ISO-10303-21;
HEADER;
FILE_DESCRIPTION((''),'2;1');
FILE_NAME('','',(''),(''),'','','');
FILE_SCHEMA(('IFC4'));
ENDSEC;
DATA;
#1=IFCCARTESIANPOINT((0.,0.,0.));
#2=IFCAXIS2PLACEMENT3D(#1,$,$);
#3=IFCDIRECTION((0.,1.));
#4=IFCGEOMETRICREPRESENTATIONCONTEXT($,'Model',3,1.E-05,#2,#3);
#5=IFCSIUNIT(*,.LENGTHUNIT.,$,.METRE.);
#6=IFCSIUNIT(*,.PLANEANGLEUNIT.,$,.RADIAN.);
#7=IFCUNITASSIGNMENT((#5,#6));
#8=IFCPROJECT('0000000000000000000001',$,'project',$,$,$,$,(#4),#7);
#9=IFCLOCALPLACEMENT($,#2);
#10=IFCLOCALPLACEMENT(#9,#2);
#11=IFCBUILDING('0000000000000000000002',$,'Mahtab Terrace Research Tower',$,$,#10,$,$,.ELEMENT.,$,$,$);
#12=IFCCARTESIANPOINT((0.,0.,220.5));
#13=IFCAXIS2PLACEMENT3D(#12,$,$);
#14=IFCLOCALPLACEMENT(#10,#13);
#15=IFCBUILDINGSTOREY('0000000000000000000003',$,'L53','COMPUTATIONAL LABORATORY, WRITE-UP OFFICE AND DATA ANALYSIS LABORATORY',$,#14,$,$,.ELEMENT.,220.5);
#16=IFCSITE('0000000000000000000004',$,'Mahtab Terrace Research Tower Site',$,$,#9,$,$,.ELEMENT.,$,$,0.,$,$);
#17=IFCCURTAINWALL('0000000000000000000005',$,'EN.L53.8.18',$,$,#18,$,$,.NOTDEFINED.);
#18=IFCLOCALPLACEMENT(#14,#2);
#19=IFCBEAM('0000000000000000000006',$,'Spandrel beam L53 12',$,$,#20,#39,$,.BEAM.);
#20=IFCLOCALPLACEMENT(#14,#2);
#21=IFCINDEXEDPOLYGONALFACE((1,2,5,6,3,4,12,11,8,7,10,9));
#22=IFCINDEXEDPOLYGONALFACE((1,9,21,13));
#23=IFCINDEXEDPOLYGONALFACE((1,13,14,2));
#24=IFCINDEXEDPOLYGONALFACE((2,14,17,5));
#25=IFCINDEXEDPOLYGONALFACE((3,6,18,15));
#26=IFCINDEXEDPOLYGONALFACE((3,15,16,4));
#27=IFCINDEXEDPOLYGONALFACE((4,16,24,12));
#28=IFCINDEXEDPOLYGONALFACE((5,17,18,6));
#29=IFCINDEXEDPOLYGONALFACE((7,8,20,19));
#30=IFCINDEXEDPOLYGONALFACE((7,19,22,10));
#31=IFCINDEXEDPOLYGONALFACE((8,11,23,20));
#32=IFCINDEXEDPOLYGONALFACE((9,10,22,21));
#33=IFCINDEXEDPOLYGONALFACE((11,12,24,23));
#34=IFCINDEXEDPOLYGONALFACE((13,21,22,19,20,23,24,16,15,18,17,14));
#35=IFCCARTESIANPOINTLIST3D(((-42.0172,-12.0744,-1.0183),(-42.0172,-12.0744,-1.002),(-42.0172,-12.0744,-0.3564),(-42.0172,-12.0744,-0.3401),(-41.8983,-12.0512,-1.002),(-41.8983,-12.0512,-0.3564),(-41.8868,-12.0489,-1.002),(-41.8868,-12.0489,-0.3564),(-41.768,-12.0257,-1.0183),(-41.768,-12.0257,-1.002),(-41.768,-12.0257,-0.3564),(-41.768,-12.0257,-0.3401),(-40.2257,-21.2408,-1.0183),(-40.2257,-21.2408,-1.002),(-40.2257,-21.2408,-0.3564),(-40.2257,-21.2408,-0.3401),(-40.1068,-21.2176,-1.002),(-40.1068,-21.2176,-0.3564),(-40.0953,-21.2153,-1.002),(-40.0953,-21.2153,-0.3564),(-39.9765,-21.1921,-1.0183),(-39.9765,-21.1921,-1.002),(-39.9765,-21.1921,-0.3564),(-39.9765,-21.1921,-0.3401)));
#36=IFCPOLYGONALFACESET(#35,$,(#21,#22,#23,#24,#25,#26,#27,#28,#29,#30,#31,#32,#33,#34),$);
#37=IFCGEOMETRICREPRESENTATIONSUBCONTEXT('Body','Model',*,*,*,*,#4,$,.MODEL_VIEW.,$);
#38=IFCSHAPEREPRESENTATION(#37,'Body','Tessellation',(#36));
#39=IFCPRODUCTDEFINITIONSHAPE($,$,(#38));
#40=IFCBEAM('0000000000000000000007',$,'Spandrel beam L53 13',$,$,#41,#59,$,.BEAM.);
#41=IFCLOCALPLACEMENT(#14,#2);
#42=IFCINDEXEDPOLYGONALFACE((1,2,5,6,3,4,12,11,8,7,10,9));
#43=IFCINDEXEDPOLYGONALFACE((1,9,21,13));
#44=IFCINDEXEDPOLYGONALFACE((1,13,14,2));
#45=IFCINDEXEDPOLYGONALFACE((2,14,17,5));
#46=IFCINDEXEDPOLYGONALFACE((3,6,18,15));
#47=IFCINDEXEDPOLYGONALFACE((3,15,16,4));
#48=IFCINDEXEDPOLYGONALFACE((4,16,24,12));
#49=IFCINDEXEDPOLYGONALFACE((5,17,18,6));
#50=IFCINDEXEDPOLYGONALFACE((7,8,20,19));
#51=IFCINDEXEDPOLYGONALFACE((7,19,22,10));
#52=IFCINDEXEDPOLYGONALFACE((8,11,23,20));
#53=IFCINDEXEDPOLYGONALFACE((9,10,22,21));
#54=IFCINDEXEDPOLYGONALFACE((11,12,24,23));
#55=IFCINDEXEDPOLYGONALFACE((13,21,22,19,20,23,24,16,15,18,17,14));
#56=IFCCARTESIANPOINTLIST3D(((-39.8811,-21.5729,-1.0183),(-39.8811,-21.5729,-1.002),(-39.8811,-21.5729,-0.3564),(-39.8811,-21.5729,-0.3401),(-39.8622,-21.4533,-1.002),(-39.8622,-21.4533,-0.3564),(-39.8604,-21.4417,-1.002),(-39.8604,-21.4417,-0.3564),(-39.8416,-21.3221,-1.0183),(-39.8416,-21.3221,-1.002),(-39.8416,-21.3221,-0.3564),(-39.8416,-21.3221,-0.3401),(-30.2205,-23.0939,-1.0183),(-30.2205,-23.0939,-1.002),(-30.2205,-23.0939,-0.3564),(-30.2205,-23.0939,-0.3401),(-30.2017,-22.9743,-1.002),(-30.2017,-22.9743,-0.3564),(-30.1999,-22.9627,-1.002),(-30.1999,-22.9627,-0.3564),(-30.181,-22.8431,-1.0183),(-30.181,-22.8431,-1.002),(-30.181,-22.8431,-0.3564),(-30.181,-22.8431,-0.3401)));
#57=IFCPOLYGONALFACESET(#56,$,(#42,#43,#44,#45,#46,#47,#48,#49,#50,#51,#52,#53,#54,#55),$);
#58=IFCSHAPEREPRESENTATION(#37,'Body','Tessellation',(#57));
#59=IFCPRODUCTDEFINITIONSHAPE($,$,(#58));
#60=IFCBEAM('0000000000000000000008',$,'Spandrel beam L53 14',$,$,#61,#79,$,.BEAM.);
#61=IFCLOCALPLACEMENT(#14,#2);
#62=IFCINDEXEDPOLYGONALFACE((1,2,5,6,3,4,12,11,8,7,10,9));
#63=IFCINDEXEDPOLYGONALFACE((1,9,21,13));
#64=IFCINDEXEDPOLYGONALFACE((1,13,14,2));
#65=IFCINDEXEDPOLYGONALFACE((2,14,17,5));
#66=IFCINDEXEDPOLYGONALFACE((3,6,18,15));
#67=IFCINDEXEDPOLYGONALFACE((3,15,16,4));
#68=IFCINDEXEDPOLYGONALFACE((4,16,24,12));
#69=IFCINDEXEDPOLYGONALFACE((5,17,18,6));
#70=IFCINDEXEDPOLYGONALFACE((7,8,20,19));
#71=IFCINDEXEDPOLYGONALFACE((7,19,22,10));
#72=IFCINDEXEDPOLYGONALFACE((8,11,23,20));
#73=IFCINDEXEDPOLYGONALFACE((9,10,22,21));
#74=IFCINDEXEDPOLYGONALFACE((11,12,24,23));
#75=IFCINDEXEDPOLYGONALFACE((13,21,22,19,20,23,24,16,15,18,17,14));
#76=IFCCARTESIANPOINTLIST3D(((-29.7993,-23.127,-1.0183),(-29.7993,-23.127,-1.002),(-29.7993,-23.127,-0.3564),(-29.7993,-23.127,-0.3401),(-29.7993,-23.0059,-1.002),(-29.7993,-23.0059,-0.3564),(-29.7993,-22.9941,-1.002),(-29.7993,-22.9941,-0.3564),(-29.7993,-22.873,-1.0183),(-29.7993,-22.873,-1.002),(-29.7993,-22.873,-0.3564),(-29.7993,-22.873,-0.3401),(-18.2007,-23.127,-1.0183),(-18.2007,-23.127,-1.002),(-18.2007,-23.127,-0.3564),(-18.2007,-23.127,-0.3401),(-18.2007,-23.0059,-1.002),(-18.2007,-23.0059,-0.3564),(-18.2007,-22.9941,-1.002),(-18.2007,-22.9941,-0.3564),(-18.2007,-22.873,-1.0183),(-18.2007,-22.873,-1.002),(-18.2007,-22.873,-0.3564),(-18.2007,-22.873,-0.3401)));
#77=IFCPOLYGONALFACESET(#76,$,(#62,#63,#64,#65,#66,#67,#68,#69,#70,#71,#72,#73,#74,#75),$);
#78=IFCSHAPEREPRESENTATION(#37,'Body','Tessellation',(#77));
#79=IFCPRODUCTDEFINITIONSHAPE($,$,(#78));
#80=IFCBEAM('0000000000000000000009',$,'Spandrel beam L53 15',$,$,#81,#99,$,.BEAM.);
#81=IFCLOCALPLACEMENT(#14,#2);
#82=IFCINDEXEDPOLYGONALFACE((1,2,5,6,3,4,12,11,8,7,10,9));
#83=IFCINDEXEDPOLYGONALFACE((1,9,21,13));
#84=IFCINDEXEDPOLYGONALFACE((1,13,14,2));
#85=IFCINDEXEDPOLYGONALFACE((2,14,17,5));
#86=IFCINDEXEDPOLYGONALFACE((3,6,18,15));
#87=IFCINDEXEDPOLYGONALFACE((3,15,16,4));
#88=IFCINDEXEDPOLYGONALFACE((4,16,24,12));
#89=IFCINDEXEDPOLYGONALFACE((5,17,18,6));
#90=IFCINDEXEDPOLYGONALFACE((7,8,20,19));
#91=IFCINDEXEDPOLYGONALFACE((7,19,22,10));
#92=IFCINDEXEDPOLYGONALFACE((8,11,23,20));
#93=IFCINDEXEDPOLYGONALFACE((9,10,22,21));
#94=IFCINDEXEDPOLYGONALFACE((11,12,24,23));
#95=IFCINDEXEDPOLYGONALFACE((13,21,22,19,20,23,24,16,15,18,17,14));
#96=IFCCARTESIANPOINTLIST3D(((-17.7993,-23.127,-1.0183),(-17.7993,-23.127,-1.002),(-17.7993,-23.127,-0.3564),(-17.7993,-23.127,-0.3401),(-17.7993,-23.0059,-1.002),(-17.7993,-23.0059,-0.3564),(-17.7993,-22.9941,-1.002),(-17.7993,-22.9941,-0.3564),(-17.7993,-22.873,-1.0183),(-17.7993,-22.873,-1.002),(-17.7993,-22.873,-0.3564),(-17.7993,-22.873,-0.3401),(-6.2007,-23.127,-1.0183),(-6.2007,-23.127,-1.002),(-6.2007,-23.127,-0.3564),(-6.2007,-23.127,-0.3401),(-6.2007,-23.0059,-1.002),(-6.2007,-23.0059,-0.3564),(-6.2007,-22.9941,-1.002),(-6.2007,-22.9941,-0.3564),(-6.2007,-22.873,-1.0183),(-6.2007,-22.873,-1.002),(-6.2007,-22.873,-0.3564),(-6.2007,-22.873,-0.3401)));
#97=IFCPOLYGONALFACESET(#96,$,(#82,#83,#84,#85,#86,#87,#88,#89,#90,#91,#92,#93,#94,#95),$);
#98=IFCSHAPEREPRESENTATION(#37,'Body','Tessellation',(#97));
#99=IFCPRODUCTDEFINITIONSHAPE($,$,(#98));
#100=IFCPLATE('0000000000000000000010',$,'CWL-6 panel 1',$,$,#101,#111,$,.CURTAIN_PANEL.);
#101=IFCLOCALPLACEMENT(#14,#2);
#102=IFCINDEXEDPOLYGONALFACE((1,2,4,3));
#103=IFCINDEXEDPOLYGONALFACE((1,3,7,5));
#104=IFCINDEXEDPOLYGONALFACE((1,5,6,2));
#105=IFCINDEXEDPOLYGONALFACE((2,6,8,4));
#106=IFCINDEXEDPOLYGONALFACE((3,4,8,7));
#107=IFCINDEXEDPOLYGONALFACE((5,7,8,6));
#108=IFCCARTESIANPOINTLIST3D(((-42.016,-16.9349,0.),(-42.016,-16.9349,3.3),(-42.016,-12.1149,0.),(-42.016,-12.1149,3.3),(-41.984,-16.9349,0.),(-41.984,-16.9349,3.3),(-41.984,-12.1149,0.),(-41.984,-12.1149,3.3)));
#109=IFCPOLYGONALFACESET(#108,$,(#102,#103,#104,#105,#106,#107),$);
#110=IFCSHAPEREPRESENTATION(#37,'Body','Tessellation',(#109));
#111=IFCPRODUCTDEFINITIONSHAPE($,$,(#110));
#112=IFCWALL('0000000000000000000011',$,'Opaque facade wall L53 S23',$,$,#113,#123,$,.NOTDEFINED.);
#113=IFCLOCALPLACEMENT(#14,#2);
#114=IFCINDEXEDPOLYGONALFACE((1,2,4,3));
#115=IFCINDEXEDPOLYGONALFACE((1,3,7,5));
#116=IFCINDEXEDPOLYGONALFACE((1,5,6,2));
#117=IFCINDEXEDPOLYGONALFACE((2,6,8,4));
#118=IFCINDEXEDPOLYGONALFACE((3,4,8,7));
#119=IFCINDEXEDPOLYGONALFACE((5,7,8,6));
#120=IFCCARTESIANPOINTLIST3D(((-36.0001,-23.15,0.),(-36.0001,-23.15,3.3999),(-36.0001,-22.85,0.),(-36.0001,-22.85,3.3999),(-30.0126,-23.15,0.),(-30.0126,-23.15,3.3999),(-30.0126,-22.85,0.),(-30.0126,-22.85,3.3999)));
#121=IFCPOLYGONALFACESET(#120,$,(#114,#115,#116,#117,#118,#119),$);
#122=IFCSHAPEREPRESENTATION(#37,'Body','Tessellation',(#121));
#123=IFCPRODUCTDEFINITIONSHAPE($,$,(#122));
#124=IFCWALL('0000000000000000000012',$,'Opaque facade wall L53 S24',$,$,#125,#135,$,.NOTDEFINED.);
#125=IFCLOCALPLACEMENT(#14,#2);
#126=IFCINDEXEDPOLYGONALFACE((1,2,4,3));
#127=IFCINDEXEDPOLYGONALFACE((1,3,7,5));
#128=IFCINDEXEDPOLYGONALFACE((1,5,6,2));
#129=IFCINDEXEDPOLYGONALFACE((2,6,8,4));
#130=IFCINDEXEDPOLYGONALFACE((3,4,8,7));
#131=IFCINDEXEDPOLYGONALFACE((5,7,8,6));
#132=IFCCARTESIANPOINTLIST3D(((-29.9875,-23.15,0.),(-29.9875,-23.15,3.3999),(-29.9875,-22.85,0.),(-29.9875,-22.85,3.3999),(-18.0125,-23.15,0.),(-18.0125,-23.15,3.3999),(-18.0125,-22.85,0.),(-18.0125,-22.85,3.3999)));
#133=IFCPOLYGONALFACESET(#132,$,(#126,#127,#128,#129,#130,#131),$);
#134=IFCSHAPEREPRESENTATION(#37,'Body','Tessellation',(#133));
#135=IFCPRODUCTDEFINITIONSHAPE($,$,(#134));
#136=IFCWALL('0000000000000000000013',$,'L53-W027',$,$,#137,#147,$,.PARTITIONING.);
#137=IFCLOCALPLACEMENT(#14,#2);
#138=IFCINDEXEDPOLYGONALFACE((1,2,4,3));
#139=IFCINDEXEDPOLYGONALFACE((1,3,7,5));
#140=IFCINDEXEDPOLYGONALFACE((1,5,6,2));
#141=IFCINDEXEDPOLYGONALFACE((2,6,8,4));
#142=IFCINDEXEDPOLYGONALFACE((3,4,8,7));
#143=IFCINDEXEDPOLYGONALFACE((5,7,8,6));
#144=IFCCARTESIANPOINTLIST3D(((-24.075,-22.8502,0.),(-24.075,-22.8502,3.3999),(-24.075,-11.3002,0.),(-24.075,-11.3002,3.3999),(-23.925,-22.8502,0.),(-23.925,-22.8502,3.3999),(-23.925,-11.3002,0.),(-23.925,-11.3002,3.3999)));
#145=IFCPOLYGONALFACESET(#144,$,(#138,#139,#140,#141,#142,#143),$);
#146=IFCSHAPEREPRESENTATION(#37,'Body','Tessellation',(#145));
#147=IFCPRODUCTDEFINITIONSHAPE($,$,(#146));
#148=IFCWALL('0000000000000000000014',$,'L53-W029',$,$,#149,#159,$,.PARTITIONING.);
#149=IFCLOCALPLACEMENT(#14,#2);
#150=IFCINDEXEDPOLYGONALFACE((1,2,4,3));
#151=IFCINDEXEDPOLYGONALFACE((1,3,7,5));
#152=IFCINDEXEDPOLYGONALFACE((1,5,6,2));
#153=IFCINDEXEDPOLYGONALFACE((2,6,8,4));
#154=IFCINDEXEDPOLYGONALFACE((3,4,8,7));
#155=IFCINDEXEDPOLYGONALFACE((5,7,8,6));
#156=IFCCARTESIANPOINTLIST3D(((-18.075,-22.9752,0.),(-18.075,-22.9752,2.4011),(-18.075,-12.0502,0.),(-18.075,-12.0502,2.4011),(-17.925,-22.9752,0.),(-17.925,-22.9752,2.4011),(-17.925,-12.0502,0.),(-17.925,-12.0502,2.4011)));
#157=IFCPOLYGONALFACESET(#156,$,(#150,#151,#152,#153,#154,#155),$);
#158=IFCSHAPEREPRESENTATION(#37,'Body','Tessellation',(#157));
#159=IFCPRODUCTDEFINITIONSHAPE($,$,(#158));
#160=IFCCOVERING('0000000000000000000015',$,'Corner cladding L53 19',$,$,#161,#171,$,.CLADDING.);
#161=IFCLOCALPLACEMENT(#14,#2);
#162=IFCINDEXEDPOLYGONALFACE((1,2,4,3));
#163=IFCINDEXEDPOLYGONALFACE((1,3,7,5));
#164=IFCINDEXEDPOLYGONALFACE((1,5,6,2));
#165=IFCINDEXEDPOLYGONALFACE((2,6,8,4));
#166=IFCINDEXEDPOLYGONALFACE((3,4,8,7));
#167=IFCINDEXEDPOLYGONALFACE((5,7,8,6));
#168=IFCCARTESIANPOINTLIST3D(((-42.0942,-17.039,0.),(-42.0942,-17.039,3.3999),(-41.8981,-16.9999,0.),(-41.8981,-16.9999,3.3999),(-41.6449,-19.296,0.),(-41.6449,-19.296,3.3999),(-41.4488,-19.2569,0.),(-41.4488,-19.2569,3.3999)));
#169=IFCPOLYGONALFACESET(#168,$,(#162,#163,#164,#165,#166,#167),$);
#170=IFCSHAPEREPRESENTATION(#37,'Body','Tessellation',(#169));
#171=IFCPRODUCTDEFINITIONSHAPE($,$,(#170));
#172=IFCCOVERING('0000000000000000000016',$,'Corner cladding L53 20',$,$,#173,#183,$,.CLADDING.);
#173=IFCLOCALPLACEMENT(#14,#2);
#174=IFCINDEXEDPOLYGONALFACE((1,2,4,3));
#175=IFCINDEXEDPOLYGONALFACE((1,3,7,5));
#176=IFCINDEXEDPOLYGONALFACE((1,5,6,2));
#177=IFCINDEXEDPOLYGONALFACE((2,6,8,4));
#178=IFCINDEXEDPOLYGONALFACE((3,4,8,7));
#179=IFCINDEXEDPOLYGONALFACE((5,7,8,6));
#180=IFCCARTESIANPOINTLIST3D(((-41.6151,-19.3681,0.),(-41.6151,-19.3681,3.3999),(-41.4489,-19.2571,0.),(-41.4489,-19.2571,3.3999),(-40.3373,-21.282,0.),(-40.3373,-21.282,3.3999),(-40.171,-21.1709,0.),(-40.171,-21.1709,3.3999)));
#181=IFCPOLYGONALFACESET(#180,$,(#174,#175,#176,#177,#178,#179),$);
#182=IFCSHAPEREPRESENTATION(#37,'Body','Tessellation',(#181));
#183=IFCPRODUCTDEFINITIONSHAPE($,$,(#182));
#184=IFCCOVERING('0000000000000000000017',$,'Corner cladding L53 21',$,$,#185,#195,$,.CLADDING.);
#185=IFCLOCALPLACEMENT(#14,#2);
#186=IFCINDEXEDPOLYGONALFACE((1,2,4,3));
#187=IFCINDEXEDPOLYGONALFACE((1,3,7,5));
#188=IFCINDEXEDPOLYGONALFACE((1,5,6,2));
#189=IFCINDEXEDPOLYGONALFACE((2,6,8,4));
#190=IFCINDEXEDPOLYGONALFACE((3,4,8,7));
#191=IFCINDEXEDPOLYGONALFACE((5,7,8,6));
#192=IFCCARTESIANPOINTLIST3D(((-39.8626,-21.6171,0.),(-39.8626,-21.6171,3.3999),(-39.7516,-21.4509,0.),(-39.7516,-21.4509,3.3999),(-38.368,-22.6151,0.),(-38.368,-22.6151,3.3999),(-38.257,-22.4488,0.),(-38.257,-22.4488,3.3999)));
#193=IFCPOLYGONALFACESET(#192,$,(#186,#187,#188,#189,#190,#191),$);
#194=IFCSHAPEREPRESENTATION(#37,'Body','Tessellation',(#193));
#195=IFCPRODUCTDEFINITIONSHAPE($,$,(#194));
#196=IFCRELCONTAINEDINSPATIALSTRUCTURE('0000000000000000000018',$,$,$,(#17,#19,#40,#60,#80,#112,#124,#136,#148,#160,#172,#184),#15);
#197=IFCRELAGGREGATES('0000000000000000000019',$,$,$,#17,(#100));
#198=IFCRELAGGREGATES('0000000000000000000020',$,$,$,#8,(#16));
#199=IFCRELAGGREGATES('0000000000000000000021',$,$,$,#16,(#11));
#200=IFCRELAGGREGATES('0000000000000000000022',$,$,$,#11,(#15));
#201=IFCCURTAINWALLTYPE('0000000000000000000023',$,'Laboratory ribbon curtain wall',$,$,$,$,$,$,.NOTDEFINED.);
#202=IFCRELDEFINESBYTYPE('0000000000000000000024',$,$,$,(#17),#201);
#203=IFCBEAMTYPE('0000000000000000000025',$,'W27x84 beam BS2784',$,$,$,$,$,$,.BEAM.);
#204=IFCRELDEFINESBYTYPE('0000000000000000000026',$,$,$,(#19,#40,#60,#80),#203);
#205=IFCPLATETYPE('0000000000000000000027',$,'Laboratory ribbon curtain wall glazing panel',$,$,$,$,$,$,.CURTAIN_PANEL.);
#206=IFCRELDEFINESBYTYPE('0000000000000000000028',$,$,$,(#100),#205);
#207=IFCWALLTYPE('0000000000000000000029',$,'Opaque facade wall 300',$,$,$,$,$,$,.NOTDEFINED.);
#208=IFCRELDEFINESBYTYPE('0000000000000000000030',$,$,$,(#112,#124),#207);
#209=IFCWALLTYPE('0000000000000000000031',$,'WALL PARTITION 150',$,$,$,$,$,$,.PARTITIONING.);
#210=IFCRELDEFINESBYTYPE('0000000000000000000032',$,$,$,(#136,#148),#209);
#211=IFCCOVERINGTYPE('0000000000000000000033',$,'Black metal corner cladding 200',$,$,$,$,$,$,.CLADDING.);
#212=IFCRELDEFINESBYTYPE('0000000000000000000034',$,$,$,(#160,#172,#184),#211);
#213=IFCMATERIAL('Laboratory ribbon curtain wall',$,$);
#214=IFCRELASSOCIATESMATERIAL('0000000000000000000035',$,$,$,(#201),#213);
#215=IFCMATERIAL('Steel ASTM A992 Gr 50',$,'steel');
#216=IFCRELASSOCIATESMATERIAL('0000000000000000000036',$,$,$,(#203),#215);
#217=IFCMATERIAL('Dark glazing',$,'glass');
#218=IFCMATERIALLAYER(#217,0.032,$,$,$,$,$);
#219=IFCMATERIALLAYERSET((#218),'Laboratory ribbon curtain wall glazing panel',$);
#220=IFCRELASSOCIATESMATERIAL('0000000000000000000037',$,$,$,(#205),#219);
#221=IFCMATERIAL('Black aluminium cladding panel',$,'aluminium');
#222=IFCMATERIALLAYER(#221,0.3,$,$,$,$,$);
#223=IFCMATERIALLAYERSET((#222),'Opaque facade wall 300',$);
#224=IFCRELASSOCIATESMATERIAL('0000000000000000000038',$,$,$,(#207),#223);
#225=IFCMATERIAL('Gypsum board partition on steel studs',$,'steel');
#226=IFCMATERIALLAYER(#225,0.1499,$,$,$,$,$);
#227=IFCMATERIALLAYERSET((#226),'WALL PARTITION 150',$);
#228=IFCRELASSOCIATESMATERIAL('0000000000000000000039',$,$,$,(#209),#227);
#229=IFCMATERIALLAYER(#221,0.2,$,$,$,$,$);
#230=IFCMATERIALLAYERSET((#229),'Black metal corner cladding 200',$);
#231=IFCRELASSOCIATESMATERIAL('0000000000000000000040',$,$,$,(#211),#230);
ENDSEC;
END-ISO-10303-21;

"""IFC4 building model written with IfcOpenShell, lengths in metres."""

from ifc_helpers import new_model, si_unit, direction, frame, frame_2d, origin, origin_2d, place, context, subcontext, project, spatial, rectangle, i_section, extrude, material, layer, layer_set, material_profile, profile_set, type_object, element, aggregate, save


model = new_model("IFC4")

# Units and contexts
model_context = context("Model", 3, precision=1e-05, world=origin(), true_north=direction((0.0, 1.0)))
body_context = subcontext(model_context, "Body", "Model", "MODEL_VIEW")
ifc_project = project(units=[si_unit("LENGTHUNIT", "METRE"), si_unit("PLANEANGLEUNIT", "RADIAN")], contexts=[model_context])

# Site, building, storey
site_placement = place(None, origin())
site = spatial("IfcSite", under=ifc_project, at=site_placement, Name="Mahtab Terrace Research Tower Site", CompositionType="ELEMENT", RefElevation=0.0)
building_placement = place(site_placement, origin())
building = spatial("IfcBuilding", under=site, at=building_placement, Name="Mahtab Terrace Research Tower", CompositionType="ELEMENT")
storey_placement = place(building_placement, frame((0.0, 0.0, 220.5)))
storey = spatial("IfcBuildingStorey", under=building, at=storey_placement, Name="L53", Description="COMPUTATIONAL LABORATORY, WRITE-UP OFFICE AND DATA ANALYSIS LABORATORY", CompositionType="ELEMENT", Elevation=220.5)

# Shared definitions
ifc_material_1 = material(Name="Steel ASTM A992 Gr 50", Category="steel")

# Curtain wall
ifc_material_2 = material(Name="Laboratory ribbon curtain wall")
curtain_wall_type = type_object("IfcCurtainWallType", Name="Laboratory ribbon curtain wall", PredefinedType="NOTDEFINED", material=ifc_material_2)
curtain_wall_placement = place(storey_placement, origin())
curtain_wall = element("IfcCurtainWall", 1, at=curtain_wall_placement, inside=storey, type_object=curtain_wall_type, Name="EN.L53.8.18", PredefinedType="NOTDEFINED")

# Beams
ifc_material_profile_1 = material_profile(ifc_material_1, i_section(OverallWidth=0.2539, OverallDepth=0.6782, WebThickness=0.0117, FlangeThickness=0.0164, at=origin_2d()), Name="W27X84")
ifc_profile_set_1 = profile_set([ifc_material_profile_1], Name="Steel ASTM A992 Gr 50")
beam_type = type_object("IfcBeamType", Name="W27x84 beam BS2784", PredefinedType="BEAM", material=ifc_profile_set_1)
beam_1_placement = place(storey_placement, frame((-41.8926, -12.05, -0.6792), z_axis=(0.191811, -0.981432, 0.0), x_axis=(0.981432, 0.191811, 0.0)))
element("IfcBeam", 2, at=beam_1_placement, inside=storey, type_object=beam_type, Name="Spandrel beam L53 12", PredefinedType="BEAM", context=body_context, shape_type="SweptSolid", body=[
    extrude(i_section(OverallWidth=0.2539, OverallDepth=0.6782, WebThickness=0.0117, FlangeThickness=0.0164, at=origin_2d()), origin(), (0.0, 0.0, 1.0), 9.3398),
])
beam_2_placement = place(storey_placement, frame((-39.8613, -21.4475, -0.6792), z_axis=(0.987832, -0.155527, 0.0), x_axis=(0.155527, 0.987832, 0.0)))
element("IfcBeam", 3, at=beam_2_placement, inside=storey, type_object=beam_type, Name="Spandrel beam L53 13", PredefinedType="BEAM", context=body_context, shape_type="SweptSolid", body=[
    extrude(i_section(OverallWidth=0.2539, OverallDepth=0.6782, WebThickness=0.0117, FlangeThickness=0.0164, at=origin_2d()), origin(), (0.0, 0.0, 1.0), 9.7795),
])
for number, where, z_axis, x_axis, name in (
    (4, (-29.7993, -23.0, -0.6792), (1.0, 0.0, 0.0), (0.0, 1.0, 0.0), "Spandrel beam L53 14"),
    (5, (-17.7993, -23.0, -0.6792), (1.0, 0.0, 0.0), (0.0, 1.0, 0.0), "Spandrel beam L53 15"),
):
    element("IfcBeam", number, at=place(storey_placement, frame(where, z_axis=z_axis, x_axis=x_axis)), inside=storey, type_object=beam_type, Name=name, PredefinedType="BEAM", context=body_context, shape_type="SweptSolid", body=[
        extrude(i_section(OverallWidth=0.2539, OverallDepth=0.6782, WebThickness=0.0117, FlangeThickness=0.0164, at=origin_2d()), origin(), (0.0, 0.0, 1.0), 11.5986),
    ])

# Plate
ifc_material_3 = material(Name="Dark glazing", Category="glass")
ifc_layer_1 = layer(ifc_material_3, 0.032)
ifc_layer_set_1 = layer_set([ifc_layer_1], Name="Laboratory ribbon curtain wall glazing panel")
plate_type = type_object("IfcPlateType", Name="Laboratory ribbon curtain wall glazing panel", PredefinedType="CURTAIN_PANEL", material=ifc_layer_set_1)
plate_placement = place(storey_placement, frame((-42.0, -14.5249, 0.0), z_axis=(0.0, 0.0, 1.0), x_axis=(0.0, -1.0, 0.0)))
plate = element("IfcPlate", 6, at=plate_placement, type_object=plate_type, Name="CWL-6 panel 1", PredefinedType="CURTAIN_PANEL", context=body_context, shape_type="SweptSolid", body=[
    extrude(rectangle(XDim=4.8201, YDim=0.032, at=origin_2d()), origin(), (0.0, 0.0, 1.0), 3.3),
])
aggregate(curtain_wall, [plate])

# Walls
ifc_material_4 = material(Name="Black aluminium cladding panel", Category="aluminium")
ifc_layer_2 = layer(ifc_material_4, 0.3)
ifc_layer_set_2 = layer_set([ifc_layer_2], Name="Opaque facade wall 300")
wall_type_1 = type_object("IfcWallType", Name="Opaque facade wall 300", PredefinedType="NOTDEFINED", material=ifc_layer_set_2)
wall_1_placement = place(storey_placement, frame((-36.0, -23.0, 0.0), z_axis=(0.0, 0.0, 1.0), x_axis=(1.0, 0.0, 0.0)))
element("IfcWall", 7, at=wall_1_placement, inside=storey, type_object=wall_type_1, Name="Opaque facade wall L53 S23", PredefinedType="NOTDEFINED", context=body_context, shape_type="SweptSolid", body=[
    extrude(rectangle(XDim=5.9875, YDim=0.3, at=frame_2d((2.9937, 0.0))), origin(), (0.0, 0.0, 1.0), 3.3999),
])
wall_2_placement = place(storey_placement, frame((-29.9875, -23.0, 0.0), z_axis=(0.0, 0.0, 1.0), x_axis=(1.0, 0.0, 0.0)))
element("IfcWall", 8, at=wall_2_placement, inside=storey, type_object=wall_type_1, Name="Opaque facade wall L53 S24", PredefinedType="NOTDEFINED", context=body_context, shape_type="SweptSolid", body=[
    extrude(rectangle(XDim=11.9751, YDim=0.3, at=frame_2d((5.9875, 0.0))), origin(), (0.0, 0.0, 1.0), 3.3999),
])
ifc_material_5 = material(Name="Gypsum board partition on steel studs", Category="steel")
ifc_layer_3 = layer(ifc_material_5, 0.1499)
ifc_layer_set_3 = layer_set([ifc_layer_3], Name="WALL PARTITION 150")
wall_type_2 = type_object("IfcWallType", Name="WALL PARTITION 150", PredefinedType="PARTITIONING", material=ifc_layer_set_3)
wall_3_placement = place(storey_placement, frame((-24.0, -22.8501, 0.0), z_axis=(0.0, 0.0, 1.0), x_axis=(0.0, 1.0, 0.0)))
element("IfcWall", 9, at=wall_3_placement, inside=storey, type_object=wall_type_2, Name="L53-W027", PredefinedType="PARTITIONING", context=body_context, shape_type="SweptSolid", body=[
    extrude(rectangle(XDim=11.55, YDim=0.1499, at=frame_2d((5.7749, 0.0))), origin(), (0.0, 0.0, 1.0), 3.3999),
])
wall_4_placement = place(storey_placement, frame((-18.0, -22.9751, 0.0), z_axis=(0.0, 0.0, 1.0), x_axis=(0.0, 1.0, 0.0)))
element("IfcWall", 10, at=wall_4_placement, inside=storey, type_object=wall_type_2, Name="L53-W029", PredefinedType="PARTITIONING", context=body_context, shape_type="SweptSolid", body=[
    extrude(rectangle(XDim=10.925, YDim=0.1499, at=frame_2d((5.4624, 0.0))), origin(), (0.0, 0.0, 1.0), 2.4011),
])

# Coverings
ifc_layer_4 = layer(ifc_material_4, 0.2)
ifc_layer_set_4 = layer_set([ifc_layer_4], Name="Black metal corner cladding 200")
covering_type = type_object("IfcCoveringType", Name="Black metal corner cladding 200", PredefinedType="CLADDING", material=ifc_layer_set_4)
for number, where, z_axis, x_axis, name in (
    (11, (-41.7715, -18.1479, 0.0), (0.0, 0.0, 1.0), (0.195212, -0.980761, 0.0), "Corner cladding L53 19"),
    (12, (-40.8931, -20.2695, 0.0), (0.0, 0.0, 1.0), (0.555291, -0.831656, 0.0), "Corner cladding L53 20"),
):
    element("IfcCovering", number, at=place(storey_placement, frame(where, z_axis=z_axis, x_axis=x_axis)), inside=storey, type_object=covering_type, Name=name, PredefinedType="CLADDING", context=body_context, shape_type="SweptSolid", body=[
        extrude(rectangle(XDim=2.3013, YDim=0.2, at=origin_2d()), origin(), (0.0, 0.0, 1.0), 3.3999),
    ])
covering_1_placement = place(storey_placement, frame((-39.0598, -22.033, 0.0), z_axis=(0.0, 0.0, 1.0), x_axis=(0.831656, -0.555291, 0.0)))
element("IfcCovering", 13, at=covering_1_placement, inside=storey, type_object=covering_type, Name="Corner cladding L53 21", PredefinedType="CLADDING", context=body_context, shape_type="SweptSolid", body=[
    extrude(rectangle(XDim=1.7971, YDim=0.2, at=origin_2d()), origin(), (0.0, 0.0, 1.0), 3.3999),
])

save(model, "model.ifc")
